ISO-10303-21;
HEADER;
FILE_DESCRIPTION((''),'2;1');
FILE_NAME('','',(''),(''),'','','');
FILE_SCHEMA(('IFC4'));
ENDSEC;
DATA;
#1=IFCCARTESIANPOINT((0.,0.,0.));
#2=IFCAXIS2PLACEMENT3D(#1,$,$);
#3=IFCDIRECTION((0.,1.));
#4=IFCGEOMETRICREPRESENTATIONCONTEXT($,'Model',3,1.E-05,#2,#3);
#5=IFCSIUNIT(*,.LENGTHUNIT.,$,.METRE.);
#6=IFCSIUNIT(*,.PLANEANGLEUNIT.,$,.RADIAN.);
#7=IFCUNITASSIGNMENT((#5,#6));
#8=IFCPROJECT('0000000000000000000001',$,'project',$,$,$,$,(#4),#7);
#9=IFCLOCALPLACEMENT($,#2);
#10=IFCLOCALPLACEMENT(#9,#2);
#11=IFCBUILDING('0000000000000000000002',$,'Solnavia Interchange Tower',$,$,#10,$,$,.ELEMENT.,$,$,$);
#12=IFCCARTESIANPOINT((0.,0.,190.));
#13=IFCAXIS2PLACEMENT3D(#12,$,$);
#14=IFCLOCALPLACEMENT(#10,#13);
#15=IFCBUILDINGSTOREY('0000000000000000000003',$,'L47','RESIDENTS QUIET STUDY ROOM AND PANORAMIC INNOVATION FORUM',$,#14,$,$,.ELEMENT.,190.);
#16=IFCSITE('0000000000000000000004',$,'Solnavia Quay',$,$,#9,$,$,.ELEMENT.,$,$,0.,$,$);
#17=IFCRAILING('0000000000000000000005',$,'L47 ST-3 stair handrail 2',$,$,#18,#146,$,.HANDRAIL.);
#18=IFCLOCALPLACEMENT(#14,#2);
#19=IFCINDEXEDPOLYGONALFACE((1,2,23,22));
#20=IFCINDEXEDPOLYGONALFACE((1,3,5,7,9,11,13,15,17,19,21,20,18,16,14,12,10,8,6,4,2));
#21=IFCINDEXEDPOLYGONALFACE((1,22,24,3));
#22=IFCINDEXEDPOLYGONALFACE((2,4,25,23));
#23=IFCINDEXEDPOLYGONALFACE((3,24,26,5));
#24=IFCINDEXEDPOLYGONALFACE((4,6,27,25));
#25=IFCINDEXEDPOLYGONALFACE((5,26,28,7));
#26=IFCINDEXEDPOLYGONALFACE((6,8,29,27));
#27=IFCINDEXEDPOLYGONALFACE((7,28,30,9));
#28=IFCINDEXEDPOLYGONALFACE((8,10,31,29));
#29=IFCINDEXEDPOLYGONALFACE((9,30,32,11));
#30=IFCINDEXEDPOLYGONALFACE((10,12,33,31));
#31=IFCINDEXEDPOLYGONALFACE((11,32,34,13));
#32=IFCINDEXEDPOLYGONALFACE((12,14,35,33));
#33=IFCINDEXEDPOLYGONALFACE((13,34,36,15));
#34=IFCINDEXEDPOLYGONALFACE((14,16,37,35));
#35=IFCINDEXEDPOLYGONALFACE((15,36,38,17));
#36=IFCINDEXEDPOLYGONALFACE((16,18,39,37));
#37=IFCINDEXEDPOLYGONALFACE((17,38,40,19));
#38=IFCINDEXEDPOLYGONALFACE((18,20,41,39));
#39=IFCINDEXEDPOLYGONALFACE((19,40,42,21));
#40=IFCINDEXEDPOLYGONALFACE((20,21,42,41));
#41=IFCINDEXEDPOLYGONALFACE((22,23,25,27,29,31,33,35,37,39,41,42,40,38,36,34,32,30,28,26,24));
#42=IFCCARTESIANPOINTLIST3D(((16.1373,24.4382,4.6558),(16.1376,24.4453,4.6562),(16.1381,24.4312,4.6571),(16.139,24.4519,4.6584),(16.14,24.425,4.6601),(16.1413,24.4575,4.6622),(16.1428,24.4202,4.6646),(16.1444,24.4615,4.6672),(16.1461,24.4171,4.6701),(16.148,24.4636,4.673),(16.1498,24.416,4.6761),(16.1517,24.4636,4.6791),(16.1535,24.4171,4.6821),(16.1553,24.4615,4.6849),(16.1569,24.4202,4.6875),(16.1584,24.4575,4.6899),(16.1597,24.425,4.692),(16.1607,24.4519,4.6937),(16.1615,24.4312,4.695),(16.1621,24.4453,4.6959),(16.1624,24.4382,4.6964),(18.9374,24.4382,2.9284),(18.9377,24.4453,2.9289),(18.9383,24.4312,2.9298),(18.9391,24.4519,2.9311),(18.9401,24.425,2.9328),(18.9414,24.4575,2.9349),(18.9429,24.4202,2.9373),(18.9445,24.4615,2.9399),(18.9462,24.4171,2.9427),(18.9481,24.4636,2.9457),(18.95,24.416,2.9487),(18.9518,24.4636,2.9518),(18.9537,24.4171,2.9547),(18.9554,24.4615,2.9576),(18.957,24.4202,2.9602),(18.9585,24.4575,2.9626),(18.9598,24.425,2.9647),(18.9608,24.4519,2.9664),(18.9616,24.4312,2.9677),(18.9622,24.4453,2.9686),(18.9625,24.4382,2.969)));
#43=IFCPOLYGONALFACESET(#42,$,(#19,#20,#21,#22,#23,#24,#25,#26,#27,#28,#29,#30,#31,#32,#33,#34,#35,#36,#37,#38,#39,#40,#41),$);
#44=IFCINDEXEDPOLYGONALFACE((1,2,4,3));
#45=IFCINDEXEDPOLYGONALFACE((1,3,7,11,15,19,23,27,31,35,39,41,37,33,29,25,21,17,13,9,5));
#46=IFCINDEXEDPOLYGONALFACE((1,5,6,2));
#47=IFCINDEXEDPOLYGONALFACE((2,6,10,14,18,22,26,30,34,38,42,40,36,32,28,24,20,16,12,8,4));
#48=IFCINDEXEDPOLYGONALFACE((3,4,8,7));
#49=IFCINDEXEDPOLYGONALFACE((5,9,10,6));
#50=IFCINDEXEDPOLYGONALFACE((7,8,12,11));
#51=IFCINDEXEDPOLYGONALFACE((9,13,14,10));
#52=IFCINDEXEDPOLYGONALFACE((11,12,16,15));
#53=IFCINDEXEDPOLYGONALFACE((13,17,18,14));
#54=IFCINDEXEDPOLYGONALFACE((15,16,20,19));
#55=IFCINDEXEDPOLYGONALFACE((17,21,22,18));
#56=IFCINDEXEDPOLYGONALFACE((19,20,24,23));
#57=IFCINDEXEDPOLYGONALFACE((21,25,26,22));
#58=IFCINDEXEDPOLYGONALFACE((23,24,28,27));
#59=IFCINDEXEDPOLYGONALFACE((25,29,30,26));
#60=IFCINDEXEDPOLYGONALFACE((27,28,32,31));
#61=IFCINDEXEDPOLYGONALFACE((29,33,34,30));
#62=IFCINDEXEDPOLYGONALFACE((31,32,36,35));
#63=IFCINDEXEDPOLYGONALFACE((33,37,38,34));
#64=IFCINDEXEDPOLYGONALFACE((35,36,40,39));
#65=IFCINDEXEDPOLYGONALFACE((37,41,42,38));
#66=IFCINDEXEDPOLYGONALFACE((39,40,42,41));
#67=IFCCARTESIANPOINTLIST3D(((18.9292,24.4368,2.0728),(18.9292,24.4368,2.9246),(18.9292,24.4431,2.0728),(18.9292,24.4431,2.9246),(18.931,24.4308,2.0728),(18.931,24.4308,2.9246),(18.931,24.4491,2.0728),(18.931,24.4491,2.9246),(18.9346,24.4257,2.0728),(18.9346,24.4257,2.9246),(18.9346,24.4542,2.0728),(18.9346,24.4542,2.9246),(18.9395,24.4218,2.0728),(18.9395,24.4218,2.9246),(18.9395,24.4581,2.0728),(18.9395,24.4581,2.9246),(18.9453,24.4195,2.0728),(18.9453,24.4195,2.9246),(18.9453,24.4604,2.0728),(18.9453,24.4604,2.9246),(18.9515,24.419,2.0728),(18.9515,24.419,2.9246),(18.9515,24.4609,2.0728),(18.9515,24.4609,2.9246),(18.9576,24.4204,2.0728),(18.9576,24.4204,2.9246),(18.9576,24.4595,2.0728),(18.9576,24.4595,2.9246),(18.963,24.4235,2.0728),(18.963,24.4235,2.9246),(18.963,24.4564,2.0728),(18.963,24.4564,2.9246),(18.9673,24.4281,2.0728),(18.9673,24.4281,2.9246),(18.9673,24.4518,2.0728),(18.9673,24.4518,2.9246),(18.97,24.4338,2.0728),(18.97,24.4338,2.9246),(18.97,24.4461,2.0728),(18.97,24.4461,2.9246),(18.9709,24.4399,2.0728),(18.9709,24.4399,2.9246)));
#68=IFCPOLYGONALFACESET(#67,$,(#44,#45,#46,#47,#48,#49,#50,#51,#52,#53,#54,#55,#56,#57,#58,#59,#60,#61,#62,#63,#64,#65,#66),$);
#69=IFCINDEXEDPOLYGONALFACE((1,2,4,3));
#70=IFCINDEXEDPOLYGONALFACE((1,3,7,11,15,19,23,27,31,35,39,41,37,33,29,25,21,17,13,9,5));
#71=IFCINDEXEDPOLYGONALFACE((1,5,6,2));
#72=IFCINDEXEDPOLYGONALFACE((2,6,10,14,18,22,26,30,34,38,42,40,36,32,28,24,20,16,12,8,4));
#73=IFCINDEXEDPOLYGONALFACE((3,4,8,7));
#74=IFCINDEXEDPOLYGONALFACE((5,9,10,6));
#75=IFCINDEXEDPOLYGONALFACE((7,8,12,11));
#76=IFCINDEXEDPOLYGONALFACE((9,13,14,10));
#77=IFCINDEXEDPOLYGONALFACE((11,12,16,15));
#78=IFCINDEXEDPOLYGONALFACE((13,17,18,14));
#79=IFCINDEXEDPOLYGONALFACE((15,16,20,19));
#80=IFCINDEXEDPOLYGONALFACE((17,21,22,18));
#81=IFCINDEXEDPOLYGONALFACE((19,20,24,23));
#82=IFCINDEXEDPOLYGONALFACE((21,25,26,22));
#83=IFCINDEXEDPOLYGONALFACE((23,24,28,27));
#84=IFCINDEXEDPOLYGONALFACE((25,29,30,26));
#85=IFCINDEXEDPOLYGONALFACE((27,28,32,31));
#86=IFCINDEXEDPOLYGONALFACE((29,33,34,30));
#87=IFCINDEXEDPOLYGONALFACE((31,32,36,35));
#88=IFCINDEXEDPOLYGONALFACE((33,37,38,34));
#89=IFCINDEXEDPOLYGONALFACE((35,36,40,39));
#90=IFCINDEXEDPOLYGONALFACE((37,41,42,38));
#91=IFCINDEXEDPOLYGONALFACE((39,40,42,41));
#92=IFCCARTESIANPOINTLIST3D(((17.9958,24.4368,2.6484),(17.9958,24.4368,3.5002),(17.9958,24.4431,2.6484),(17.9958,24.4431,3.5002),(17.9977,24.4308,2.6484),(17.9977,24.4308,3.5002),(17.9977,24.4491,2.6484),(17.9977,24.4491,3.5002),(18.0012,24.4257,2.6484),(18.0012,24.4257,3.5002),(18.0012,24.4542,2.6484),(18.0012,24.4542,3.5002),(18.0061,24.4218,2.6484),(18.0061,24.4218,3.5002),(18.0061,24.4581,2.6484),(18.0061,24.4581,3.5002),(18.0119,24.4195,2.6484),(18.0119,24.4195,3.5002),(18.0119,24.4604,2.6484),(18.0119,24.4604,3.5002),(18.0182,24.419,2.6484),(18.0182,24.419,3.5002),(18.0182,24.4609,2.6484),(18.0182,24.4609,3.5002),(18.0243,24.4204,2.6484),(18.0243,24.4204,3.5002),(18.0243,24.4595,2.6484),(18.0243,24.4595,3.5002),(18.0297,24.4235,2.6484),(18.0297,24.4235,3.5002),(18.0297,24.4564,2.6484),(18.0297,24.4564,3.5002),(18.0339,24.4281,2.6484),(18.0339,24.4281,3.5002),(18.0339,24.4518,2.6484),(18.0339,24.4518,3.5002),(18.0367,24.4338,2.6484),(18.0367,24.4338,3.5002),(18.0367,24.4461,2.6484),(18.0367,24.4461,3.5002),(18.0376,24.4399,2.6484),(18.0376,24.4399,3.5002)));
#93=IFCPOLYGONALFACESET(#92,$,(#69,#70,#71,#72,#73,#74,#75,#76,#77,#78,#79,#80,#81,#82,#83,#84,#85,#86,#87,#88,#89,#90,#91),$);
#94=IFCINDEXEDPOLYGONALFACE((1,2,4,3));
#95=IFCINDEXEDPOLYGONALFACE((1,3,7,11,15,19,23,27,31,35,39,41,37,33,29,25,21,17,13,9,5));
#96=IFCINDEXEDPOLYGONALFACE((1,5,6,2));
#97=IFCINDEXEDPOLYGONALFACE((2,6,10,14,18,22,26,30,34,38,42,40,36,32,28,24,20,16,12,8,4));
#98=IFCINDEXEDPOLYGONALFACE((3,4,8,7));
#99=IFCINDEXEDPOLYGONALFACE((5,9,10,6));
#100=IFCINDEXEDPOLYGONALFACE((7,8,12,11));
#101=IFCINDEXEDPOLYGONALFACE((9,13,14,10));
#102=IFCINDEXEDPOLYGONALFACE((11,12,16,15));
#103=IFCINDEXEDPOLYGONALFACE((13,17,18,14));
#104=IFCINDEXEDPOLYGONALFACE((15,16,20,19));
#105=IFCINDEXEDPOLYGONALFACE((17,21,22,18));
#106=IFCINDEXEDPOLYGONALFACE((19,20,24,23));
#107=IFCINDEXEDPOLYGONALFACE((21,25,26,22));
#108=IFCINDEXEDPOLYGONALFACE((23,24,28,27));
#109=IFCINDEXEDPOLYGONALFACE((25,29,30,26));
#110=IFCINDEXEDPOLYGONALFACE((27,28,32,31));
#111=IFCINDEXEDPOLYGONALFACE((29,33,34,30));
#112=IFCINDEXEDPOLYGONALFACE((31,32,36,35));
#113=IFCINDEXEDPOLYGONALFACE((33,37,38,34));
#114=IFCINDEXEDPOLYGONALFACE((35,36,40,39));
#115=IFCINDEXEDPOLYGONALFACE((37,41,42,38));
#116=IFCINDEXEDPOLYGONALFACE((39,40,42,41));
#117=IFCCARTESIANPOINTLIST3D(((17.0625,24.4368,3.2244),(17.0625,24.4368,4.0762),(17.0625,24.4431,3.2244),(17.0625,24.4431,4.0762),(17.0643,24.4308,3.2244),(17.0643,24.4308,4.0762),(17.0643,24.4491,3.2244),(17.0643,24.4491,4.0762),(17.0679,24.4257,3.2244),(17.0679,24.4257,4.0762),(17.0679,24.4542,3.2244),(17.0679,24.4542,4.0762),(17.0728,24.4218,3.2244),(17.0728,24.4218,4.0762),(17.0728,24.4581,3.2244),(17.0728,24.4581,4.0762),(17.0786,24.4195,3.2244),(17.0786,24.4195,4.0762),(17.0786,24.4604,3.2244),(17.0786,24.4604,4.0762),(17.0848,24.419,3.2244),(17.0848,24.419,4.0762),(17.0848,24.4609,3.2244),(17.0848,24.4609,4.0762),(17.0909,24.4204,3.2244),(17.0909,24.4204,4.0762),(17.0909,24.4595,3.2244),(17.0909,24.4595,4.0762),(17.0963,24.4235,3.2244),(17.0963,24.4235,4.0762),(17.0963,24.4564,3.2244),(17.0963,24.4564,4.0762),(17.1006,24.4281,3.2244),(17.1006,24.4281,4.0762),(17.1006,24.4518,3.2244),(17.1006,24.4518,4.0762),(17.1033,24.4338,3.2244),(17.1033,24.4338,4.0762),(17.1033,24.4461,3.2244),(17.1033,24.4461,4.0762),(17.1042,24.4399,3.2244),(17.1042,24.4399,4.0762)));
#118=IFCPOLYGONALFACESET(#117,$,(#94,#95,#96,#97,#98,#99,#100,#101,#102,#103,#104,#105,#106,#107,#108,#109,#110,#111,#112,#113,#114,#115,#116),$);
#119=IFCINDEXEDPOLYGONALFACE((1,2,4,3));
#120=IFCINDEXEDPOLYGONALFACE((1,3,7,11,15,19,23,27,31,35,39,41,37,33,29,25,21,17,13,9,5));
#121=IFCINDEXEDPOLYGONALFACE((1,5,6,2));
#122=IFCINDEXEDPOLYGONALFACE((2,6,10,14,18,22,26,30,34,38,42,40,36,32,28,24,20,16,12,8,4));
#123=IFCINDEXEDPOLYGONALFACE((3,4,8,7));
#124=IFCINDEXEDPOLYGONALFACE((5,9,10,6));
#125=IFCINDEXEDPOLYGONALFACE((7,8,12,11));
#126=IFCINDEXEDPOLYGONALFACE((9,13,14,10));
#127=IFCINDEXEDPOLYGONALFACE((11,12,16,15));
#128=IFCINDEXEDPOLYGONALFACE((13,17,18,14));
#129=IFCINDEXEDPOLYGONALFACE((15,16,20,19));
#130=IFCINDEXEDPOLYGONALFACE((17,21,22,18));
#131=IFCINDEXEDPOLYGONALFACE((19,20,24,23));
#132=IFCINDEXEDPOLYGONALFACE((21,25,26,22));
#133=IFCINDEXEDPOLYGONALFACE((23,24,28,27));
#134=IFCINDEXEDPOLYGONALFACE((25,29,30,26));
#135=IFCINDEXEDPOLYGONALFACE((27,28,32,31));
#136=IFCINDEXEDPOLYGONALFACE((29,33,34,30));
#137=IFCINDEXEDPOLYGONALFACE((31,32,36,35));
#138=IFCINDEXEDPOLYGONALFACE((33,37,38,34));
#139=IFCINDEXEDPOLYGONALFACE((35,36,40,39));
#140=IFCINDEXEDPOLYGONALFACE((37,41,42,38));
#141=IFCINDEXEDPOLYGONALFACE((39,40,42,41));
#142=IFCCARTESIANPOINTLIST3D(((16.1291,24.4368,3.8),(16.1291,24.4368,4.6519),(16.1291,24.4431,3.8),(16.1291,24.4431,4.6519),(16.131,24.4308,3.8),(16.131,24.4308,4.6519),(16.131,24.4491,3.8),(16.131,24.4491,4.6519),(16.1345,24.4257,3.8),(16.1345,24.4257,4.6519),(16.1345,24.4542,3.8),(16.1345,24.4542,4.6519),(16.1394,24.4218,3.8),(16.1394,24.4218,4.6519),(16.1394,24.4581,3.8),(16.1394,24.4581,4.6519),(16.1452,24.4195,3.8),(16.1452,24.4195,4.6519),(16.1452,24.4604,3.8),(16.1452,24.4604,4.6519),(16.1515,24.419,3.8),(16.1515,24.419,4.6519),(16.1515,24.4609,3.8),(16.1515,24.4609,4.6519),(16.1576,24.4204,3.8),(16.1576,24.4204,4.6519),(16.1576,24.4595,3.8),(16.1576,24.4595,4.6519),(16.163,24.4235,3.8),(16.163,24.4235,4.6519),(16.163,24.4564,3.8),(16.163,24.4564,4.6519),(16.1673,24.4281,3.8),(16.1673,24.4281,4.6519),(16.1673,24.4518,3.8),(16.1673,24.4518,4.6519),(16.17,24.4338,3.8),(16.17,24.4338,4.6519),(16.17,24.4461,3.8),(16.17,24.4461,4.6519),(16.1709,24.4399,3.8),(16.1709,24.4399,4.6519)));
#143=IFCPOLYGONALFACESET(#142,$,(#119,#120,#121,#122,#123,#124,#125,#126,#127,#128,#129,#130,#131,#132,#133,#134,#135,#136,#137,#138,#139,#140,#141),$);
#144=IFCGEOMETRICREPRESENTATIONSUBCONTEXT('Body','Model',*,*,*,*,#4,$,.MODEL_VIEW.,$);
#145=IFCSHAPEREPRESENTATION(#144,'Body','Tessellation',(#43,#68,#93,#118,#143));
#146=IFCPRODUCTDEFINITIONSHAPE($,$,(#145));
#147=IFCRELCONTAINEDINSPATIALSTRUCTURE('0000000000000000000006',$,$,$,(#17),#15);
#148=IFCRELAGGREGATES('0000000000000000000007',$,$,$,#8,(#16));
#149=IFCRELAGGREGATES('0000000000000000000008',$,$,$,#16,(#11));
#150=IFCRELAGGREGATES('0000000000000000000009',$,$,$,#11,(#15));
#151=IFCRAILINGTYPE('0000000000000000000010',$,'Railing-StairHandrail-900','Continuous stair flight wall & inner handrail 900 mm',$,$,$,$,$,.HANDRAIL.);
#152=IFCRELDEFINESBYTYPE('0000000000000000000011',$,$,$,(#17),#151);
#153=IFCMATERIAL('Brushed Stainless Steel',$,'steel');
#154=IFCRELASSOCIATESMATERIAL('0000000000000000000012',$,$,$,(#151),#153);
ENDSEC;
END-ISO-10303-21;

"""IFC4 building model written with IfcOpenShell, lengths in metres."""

from ifc_helpers import new_model, si_unit, direction, frame, origin, origin_2d, place, context, subcontext, project, spatial, circle, extrude, material, type_object, element, save


model = new_model("IFC4")

# Units and contexts
model_context = context("Model", 3, precision=1e-05, world=origin(), true_north=direction((0.0, 1.0)))
body_context = subcontext(model_context, "Body", "Model", "MODEL_VIEW")
ifc_project = project(units=[si_unit("LENGTHUNIT", "METRE"), si_unit("PLANEANGLEUNIT", "RADIAN")], contexts=[model_context])

# Site, building, storey
site_placement = place(None, origin())
site = spatial("IfcSite", under=ifc_project, at=site_placement, Name="Solnavia Quay", CompositionType="ELEMENT", RefElevation=0.0)
building_placement = place(site_placement, origin())
building = spatial("IfcBuilding", under=site, at=building_placement, Name="Solnavia Interchange Tower", CompositionType="ELEMENT")
storey_placement = place(building_placement, frame((0.0, 0.0, 190.0)))
storey = spatial("IfcBuildingStorey", under=building, at=storey_placement, Name="L47", Description="RESIDENTS QUIET STUDY ROOM AND PANORAMIC INNOVATION FORUM", CompositionType="ELEMENT", Elevation=190.0)

# Railing
ifc_material_1 = material(Name="Brushed Stainless Steel", Category="steel")
railing_type_1 = type_object("IfcRailingType", Name="Railing-StairHandrail-900", Description="Continuous stair flight wall & inner handrail 900 mm", PredefinedType="HANDRAIL", material=ifc_material_1)
railing_1_placement = place(storey_placement, frame((18.95, 24.4399, 2.0728)))
element("IfcRailing", 1, at=railing_1_placement, inside=storey, type_object=railing_type_1, Name="L47 ST-3 stair handrail 2", PredefinedType="HANDRAIL", context=body_context, shape_type="SweptSolid", body=[
    extrude(circle(Radius=0.0239, at=origin_2d()), frame((0.0, 0.0, 0.876), z_axis=(-0.85109, 0.0, 0.52502), x_axis=(0.0, -1.0, 0.0)), (0.0, 0.0, 1.0), 3.29),
    extrude(circle(Radius=0.021, at=origin_2d()), origin(), (0.0, 0.0, 1.0), 0.8518),
    extrude(circle(Radius=0.021, at=origin_2d()), frame((-0.9333, 0.0, 0.5757)), (0.0, 0.0, 1.0), 0.8518),
    extrude(circle(Radius=0.021, at=origin_2d()), frame((-1.8667, 0.0, 1.1516)), (0.0, 0.0, 1.0), 0.8518),
    extrude(circle(Radius=0.021, at=origin_2d()), frame((-2.8, 0.0, 1.7273)), (0.0, 0.0, 1.0), 0.8518),
])

save(model, "model.ifc")
